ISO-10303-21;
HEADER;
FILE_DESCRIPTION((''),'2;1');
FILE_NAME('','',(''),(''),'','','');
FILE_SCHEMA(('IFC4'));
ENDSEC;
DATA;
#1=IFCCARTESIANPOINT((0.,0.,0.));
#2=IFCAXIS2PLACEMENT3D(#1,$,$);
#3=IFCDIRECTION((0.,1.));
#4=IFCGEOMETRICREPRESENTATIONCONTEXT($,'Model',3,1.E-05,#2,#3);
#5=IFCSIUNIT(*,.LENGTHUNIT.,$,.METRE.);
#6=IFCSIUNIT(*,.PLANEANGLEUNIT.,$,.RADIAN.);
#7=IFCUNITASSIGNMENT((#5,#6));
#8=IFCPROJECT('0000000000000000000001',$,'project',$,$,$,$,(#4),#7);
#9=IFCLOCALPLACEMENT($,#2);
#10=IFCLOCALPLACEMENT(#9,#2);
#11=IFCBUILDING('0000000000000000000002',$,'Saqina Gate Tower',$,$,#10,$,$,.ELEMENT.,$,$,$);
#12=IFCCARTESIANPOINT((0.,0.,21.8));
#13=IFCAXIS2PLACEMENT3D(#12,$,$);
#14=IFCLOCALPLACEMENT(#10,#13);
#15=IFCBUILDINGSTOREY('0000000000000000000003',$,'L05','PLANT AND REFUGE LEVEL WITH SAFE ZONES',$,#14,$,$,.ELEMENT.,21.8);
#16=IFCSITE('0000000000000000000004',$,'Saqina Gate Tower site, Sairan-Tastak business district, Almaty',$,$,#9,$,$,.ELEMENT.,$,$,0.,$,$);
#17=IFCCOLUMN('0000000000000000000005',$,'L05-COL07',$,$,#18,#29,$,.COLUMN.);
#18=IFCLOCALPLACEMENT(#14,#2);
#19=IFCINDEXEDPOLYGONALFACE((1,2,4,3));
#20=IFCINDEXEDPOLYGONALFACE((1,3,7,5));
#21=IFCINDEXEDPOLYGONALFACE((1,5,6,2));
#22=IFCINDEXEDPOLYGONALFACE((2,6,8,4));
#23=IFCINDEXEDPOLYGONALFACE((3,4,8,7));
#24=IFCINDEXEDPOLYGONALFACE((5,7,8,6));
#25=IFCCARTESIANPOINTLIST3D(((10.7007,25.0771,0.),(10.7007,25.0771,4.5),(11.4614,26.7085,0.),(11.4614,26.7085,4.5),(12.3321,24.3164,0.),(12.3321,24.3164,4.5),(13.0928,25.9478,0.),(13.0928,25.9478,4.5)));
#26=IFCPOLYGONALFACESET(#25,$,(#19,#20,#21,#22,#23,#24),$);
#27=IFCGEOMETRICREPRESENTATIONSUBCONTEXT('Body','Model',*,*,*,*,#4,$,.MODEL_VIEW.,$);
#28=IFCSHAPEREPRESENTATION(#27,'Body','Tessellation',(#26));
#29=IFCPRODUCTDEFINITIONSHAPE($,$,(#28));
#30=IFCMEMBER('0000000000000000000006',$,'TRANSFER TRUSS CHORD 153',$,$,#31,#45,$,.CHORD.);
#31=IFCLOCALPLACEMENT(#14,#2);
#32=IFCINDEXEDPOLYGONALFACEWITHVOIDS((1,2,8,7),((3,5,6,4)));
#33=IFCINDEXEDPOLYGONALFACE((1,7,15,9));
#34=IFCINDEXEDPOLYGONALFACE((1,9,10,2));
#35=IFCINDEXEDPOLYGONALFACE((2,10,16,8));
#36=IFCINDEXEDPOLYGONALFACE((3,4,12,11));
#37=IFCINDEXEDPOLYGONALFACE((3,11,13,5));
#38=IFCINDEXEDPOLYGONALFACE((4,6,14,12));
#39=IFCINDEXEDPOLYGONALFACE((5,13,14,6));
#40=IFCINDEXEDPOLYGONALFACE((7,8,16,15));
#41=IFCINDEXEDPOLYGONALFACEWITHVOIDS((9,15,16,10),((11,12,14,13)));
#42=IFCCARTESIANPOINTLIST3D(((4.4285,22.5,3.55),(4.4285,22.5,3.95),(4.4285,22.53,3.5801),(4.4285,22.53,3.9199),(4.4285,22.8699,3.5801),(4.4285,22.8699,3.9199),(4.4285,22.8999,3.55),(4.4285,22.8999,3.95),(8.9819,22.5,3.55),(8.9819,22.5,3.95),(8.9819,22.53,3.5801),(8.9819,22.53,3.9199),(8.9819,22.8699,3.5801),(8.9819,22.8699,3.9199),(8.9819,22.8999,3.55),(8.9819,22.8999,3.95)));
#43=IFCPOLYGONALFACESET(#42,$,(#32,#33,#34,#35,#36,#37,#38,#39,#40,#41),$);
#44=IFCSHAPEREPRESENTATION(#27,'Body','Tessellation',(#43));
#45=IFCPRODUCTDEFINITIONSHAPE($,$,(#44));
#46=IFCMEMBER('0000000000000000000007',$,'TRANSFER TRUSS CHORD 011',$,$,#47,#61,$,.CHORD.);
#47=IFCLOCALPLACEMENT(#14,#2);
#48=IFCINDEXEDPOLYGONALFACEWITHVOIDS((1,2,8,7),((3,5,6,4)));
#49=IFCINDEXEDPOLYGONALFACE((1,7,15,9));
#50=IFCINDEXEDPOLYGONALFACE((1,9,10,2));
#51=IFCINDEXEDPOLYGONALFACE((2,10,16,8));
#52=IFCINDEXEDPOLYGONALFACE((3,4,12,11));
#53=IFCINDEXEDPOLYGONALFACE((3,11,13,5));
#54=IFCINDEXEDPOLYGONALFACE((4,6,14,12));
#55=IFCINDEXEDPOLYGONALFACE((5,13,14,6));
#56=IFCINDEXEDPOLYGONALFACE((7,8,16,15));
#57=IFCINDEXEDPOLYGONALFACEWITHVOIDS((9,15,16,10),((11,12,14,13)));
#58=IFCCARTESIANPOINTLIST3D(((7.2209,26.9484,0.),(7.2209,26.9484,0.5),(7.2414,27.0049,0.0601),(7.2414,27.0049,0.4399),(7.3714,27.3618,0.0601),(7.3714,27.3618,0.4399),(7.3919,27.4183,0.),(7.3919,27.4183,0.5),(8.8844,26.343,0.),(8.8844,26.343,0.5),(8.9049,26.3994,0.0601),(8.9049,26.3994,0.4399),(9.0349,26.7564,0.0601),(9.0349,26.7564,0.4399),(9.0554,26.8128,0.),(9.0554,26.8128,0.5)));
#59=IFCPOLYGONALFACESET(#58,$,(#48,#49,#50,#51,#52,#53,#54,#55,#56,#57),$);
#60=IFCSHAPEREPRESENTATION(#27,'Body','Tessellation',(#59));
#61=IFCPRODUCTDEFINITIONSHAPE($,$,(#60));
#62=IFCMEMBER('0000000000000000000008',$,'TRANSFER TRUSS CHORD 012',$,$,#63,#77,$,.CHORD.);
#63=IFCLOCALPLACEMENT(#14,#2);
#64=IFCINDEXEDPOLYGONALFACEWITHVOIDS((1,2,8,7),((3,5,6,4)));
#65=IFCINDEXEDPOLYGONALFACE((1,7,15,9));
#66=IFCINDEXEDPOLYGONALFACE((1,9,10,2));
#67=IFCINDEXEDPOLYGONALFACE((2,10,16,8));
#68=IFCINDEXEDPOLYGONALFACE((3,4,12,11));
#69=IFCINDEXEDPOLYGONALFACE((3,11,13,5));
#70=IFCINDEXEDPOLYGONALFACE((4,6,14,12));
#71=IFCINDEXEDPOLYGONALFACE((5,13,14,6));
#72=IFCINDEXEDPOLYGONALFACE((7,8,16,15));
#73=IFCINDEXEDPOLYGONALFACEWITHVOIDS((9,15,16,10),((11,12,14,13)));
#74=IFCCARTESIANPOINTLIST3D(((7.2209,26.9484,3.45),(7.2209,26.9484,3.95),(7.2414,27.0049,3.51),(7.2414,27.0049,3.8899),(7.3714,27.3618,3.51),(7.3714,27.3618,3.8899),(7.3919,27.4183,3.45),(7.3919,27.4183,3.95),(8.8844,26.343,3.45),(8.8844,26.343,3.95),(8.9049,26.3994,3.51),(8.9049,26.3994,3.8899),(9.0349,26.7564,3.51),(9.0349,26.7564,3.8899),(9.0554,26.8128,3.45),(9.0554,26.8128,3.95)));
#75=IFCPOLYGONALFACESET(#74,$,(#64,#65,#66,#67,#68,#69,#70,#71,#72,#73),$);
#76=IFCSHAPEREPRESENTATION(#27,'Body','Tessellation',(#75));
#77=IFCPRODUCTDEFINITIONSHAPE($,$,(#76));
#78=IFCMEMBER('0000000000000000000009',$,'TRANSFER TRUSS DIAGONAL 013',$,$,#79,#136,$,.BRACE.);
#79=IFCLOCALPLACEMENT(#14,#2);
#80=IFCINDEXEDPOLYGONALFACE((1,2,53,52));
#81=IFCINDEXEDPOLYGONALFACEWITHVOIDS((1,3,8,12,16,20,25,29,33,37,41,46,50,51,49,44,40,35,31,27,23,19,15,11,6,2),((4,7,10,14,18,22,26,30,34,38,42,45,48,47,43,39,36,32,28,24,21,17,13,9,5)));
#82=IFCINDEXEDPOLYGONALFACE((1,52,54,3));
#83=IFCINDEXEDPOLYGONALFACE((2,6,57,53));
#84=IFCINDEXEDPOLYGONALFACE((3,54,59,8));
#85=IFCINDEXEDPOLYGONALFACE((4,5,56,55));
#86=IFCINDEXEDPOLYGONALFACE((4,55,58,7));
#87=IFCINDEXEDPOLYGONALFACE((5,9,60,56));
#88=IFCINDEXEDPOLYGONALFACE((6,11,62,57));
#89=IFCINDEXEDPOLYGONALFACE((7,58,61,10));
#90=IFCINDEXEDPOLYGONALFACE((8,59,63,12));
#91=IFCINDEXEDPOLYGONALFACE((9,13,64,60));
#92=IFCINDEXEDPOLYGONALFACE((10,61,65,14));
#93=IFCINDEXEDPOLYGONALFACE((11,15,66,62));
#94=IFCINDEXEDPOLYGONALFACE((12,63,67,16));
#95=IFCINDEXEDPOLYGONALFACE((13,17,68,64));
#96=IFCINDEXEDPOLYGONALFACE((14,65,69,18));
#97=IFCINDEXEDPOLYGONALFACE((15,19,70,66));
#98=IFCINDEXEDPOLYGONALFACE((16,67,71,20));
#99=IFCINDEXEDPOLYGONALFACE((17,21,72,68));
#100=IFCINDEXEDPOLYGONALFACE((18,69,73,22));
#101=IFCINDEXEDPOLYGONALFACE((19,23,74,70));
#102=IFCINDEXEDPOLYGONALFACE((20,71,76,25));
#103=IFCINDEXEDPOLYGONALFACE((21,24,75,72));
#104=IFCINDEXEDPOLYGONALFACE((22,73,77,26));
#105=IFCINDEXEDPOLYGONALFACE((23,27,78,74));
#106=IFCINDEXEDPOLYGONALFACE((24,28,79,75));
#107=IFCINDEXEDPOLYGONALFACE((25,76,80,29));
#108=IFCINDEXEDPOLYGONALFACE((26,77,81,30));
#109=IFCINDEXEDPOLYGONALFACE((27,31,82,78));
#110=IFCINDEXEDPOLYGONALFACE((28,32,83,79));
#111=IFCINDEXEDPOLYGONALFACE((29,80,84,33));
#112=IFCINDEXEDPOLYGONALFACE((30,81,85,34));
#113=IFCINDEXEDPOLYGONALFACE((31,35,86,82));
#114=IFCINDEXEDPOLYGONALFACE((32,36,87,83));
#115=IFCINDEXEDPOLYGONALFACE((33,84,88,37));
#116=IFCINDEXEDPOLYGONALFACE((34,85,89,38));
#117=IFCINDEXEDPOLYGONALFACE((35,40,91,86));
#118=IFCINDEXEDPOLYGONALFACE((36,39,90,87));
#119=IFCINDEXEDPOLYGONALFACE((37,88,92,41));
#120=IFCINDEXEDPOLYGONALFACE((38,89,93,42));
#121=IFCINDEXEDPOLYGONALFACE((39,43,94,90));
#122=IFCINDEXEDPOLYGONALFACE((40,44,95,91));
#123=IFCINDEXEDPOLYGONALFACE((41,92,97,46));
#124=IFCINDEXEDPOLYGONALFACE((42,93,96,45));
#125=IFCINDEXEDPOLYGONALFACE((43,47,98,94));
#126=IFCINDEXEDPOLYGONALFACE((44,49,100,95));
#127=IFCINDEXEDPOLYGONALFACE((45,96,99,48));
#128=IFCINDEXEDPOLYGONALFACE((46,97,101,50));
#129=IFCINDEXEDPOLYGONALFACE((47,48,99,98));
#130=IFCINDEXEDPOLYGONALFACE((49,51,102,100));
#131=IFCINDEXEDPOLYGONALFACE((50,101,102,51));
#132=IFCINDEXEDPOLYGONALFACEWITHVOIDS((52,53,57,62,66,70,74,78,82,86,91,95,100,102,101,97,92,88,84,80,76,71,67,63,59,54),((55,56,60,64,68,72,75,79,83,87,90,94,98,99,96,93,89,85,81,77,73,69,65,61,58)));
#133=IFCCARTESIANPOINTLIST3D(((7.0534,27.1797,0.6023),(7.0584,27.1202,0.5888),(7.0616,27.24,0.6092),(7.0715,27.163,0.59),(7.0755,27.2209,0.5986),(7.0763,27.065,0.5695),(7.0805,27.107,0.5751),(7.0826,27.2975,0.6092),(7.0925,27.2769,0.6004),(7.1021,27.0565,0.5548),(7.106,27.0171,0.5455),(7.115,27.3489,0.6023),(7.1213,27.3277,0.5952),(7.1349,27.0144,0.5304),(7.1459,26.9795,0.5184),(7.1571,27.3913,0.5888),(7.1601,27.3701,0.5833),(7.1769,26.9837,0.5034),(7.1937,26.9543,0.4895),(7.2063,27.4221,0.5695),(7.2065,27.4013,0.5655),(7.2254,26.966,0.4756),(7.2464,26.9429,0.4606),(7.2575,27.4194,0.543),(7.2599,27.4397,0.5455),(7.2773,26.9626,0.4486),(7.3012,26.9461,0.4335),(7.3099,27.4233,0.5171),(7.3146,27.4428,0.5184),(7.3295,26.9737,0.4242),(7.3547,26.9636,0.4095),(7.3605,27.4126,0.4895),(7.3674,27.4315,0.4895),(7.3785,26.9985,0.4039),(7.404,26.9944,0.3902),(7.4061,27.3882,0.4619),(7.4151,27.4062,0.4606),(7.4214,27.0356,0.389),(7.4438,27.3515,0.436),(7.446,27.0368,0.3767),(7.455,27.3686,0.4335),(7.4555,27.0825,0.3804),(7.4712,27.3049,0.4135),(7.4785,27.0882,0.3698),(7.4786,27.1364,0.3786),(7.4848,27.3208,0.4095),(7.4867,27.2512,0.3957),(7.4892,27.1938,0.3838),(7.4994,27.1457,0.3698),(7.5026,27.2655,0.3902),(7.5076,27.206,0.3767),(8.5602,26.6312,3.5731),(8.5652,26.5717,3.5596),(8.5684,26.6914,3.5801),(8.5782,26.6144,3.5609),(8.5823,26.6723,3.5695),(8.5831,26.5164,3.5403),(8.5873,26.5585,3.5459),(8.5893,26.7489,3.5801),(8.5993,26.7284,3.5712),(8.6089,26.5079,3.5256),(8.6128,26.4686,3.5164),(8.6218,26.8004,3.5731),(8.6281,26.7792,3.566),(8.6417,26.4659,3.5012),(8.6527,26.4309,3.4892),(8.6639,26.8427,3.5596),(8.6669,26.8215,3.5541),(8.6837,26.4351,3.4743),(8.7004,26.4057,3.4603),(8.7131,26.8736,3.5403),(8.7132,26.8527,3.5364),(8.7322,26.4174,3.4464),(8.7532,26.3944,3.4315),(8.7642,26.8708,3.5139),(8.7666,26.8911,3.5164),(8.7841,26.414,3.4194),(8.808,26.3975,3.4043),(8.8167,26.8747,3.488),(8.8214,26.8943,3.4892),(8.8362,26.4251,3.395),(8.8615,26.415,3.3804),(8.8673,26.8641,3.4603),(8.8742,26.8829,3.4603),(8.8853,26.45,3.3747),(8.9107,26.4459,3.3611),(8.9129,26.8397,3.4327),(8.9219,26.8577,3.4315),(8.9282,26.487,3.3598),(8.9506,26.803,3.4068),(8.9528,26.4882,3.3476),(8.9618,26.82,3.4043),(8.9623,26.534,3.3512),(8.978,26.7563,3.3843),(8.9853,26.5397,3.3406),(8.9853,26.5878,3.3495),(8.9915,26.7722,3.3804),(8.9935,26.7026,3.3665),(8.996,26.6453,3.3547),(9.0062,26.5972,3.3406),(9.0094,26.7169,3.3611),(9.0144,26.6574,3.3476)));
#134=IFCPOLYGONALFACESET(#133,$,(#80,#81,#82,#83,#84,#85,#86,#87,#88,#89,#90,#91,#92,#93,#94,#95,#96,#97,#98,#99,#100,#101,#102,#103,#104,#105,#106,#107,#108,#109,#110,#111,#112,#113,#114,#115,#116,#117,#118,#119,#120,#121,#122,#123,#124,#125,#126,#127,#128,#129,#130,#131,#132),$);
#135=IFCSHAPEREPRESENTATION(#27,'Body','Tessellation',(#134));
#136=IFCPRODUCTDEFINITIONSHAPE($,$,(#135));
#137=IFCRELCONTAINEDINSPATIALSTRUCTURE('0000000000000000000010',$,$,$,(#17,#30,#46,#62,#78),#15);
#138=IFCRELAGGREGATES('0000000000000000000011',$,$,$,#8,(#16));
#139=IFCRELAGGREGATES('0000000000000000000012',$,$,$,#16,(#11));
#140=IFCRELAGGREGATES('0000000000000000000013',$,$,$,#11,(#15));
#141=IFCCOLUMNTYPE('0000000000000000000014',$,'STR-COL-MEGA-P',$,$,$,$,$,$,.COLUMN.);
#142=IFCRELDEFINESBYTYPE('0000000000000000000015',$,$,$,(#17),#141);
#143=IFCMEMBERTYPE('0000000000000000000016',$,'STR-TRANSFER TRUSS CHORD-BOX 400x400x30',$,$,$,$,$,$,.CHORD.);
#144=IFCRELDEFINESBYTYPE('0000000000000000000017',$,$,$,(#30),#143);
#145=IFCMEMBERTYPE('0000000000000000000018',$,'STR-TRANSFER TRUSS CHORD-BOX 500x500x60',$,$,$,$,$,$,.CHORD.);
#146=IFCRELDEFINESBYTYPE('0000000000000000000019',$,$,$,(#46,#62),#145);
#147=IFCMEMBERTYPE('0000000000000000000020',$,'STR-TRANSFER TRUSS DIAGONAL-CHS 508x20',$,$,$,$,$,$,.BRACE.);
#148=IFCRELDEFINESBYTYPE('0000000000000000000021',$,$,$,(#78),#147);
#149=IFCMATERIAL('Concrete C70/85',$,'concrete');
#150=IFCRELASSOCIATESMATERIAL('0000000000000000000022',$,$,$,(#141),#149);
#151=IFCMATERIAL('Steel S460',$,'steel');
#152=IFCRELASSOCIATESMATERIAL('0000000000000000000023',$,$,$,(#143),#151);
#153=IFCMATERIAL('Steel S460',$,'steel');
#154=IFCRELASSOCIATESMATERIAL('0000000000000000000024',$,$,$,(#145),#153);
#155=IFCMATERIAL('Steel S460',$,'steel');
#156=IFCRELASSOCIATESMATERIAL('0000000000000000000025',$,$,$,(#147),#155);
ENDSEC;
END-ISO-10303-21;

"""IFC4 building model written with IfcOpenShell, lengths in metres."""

from ifc_helpers import new_model, si_unit, direction, frame, origin, origin_2d, place, context, subcontext, project, spatial, rectangle, hollow_rectangle, hollow_circle, extrude, material, material_profile, profile_set, type_object, element, save


model = new_model("IFC4")

# Units and contexts
model_context = context("Model", 3, precision=1e-05, world=origin(), true_north=direction((0.0, 1.0)))
body_context = subcontext(model_context, "Body", "Model", "MODEL_VIEW")
ifc_project = project(units=[si_unit("LENGTHUNIT", "METRE"), si_unit("PLANEANGLEUNIT", "RADIAN")], contexts=[model_context])

# Site, building, storey
site_placement = place(None, origin())
site = spatial("IfcSite", under=ifc_project, at=site_placement, Name="Saqina Gate Tower site, Sairan-Tastak business district, Almaty", CompositionType="ELEMENT", RefElevation=0.0)
building_placement = place(site_placement, origin())
building = spatial("IfcBuilding", under=site, at=building_placement, Name="Saqina Gate Tower", CompositionType="ELEMENT")
storey_placement = place(building_placement, frame((0.0, 0.0, 21.8)))
storey = spatial("IfcBuildingStorey", under=building, at=storey_placement, Name="L05", Description="PLANT AND REFUGE LEVEL WITH SAFE ZONES", CompositionType="ELEMENT", Elevation=21.8)

# Column
ifc_material_1 = material(Name="Concrete C70/85", Category="concrete")
ifc_material_profile_1 = material_profile(ifc_material_1, rectangle(XDim=1.8, YDim=1.8, at=origin_2d()), Name="RC 1800x1800")
ifc_profile_set_1 = profile_set([ifc_material_profile_1], Name="Concrete C70/85")
column_type = type_object("IfcColumnType", Name="STR-COL-MEGA-P", PredefinedType="COLUMN", material=ifc_profile_set_1)
column_placement = place(storey_placement, frame((11.8967, 25.5125, 0.0), z_axis=(0.0, 0.0, 1.0), x_axis=(0.422618, 0.906308, 0.0)))
element("IfcColumn", 1, at=column_placement, inside=storey, type_object=column_type, Name="L05-COL07", PredefinedType="COLUMN", context=body_context, shape_type="SweptSolid", body=[
    extrude(rectangle(XDim=1.8, YDim=1.8, at=origin_2d()), origin(), (0.0, 0.0, 1.0), 4.5),
])

# Members
ifc_material_2 = material(Name="Steel S460", Category="steel")
ifc_material_profile_2 = material_profile(ifc_material_2, hollow_rectangle(XDim=0.3999, YDim=0.3999, WallThickness=0.03, at=origin_2d()), Name="BOX 400x400x30")
ifc_profile_set_2 = profile_set([ifc_material_profile_2], Name="Steel S460")
member_type_1 = type_object("IfcMemberType", Name="STR-TRANSFER TRUSS CHORD-BOX 400x400x30", PredefinedType="CHORD", material=ifc_profile_set_2)
member_1_placement = place(storey_placement, frame((4.4285, 22.7, 3.75), z_axis=(1.0, 0.0, 0.0), x_axis=(0.0, 1.0, 0.0)))
element("IfcMember", 2, at=member_1_placement, inside=storey, type_object=member_type_1, Name="TRANSFER TRUSS CHORD 153", PredefinedType="CHORD", context=body_context, shape_type="SweptSolid", body=[
    extrude(hollow_rectangle(XDim=0.3999, YDim=0.3999, WallThickness=0.03, at=origin_2d()), origin(), (0.0, 0.0, 1.0), 4.5535),
])
ifc_material_3 = material(Name="Steel S460", Category="steel")
ifc_material_profile_3 = material_profile(ifc_material_3, hollow_rectangle(XDim=0.5, YDim=0.5, WallThickness=0.0601, at=origin_2d()), Name="BOX 500x500x60")
ifc_profile_set_3 = profile_set([ifc_material_profile_3], Name="Steel S460")
member_type_2 = type_object("IfcMemberType", Name="STR-TRANSFER TRUSS CHORD-BOX 500x500x60", PredefinedType="CHORD", material=ifc_profile_set_3)
for number, where, z_axis, x_axis, name in (
    (3, (7.3064, 27.1833, 0.25), (0.939697, -0.342009, 0.0), (0.342009, 0.939697, 0.0), "TRANSFER TRUSS CHORD 011"),
    (4, (7.3064, 27.1833, 3.7), (0.939697, -0.342009, 0.0), (0.342009, 0.939697, 0.0), "TRANSFER TRUSS CHORD 012"),
):
    element("IfcMember", number, at=place(storey_placement, frame(where, z_axis=z_axis, x_axis=x_axis)), inside=storey, type_object=member_type_2, Name=name, PredefinedType="CHORD", context=body_context, shape_type="SweptSolid", body=[
        extrude(hollow_rectangle(XDim=0.5, YDim=0.5, WallThickness=0.0601, at=origin_2d()), origin(), (0.0, 0.0, 1.0), 1.7703),
    ])
ifc_material_4 = material(Name="Steel S460", Category="steel")
ifc_material_profile_4 = material_profile(ifc_material_4, hollow_circle(Radius=0.2539, WallThickness=0.02, at=origin_2d()), Name="CHS 508x20")
ifc_profile_set_4 = profile_set([ifc_material_profile_4], Name="Steel S460")
member_type_3 = type_object("IfcMemberType", Name="STR-TRANSFER TRUSS DIAGONAL-CHS 508x20", PredefinedType="BRACE", material=ifc_profile_set_4)
member_2_placement = place(storey_placement, frame((7.2805, 27.1929, 0.4895), z_axis=(0.446325, -0.162491, 0.879995), x_axis=(0.342098, 0.939664, 0.0)))
element("IfcMember", 5, at=member_2_placement, inside=storey, type_object=member_type_3, Name="TRANSFER TRUSS DIAGONAL 013", PredefinedType="BRACE", context=body_context, shape_type="SweptSolid", body=[
    extrude(hollow_circle(Radius=0.2539, WallThickness=0.02, at=origin_2d()), origin(), (0.0, 0.0, 1.0), 3.376),
])

save(model, "model.ifc")
